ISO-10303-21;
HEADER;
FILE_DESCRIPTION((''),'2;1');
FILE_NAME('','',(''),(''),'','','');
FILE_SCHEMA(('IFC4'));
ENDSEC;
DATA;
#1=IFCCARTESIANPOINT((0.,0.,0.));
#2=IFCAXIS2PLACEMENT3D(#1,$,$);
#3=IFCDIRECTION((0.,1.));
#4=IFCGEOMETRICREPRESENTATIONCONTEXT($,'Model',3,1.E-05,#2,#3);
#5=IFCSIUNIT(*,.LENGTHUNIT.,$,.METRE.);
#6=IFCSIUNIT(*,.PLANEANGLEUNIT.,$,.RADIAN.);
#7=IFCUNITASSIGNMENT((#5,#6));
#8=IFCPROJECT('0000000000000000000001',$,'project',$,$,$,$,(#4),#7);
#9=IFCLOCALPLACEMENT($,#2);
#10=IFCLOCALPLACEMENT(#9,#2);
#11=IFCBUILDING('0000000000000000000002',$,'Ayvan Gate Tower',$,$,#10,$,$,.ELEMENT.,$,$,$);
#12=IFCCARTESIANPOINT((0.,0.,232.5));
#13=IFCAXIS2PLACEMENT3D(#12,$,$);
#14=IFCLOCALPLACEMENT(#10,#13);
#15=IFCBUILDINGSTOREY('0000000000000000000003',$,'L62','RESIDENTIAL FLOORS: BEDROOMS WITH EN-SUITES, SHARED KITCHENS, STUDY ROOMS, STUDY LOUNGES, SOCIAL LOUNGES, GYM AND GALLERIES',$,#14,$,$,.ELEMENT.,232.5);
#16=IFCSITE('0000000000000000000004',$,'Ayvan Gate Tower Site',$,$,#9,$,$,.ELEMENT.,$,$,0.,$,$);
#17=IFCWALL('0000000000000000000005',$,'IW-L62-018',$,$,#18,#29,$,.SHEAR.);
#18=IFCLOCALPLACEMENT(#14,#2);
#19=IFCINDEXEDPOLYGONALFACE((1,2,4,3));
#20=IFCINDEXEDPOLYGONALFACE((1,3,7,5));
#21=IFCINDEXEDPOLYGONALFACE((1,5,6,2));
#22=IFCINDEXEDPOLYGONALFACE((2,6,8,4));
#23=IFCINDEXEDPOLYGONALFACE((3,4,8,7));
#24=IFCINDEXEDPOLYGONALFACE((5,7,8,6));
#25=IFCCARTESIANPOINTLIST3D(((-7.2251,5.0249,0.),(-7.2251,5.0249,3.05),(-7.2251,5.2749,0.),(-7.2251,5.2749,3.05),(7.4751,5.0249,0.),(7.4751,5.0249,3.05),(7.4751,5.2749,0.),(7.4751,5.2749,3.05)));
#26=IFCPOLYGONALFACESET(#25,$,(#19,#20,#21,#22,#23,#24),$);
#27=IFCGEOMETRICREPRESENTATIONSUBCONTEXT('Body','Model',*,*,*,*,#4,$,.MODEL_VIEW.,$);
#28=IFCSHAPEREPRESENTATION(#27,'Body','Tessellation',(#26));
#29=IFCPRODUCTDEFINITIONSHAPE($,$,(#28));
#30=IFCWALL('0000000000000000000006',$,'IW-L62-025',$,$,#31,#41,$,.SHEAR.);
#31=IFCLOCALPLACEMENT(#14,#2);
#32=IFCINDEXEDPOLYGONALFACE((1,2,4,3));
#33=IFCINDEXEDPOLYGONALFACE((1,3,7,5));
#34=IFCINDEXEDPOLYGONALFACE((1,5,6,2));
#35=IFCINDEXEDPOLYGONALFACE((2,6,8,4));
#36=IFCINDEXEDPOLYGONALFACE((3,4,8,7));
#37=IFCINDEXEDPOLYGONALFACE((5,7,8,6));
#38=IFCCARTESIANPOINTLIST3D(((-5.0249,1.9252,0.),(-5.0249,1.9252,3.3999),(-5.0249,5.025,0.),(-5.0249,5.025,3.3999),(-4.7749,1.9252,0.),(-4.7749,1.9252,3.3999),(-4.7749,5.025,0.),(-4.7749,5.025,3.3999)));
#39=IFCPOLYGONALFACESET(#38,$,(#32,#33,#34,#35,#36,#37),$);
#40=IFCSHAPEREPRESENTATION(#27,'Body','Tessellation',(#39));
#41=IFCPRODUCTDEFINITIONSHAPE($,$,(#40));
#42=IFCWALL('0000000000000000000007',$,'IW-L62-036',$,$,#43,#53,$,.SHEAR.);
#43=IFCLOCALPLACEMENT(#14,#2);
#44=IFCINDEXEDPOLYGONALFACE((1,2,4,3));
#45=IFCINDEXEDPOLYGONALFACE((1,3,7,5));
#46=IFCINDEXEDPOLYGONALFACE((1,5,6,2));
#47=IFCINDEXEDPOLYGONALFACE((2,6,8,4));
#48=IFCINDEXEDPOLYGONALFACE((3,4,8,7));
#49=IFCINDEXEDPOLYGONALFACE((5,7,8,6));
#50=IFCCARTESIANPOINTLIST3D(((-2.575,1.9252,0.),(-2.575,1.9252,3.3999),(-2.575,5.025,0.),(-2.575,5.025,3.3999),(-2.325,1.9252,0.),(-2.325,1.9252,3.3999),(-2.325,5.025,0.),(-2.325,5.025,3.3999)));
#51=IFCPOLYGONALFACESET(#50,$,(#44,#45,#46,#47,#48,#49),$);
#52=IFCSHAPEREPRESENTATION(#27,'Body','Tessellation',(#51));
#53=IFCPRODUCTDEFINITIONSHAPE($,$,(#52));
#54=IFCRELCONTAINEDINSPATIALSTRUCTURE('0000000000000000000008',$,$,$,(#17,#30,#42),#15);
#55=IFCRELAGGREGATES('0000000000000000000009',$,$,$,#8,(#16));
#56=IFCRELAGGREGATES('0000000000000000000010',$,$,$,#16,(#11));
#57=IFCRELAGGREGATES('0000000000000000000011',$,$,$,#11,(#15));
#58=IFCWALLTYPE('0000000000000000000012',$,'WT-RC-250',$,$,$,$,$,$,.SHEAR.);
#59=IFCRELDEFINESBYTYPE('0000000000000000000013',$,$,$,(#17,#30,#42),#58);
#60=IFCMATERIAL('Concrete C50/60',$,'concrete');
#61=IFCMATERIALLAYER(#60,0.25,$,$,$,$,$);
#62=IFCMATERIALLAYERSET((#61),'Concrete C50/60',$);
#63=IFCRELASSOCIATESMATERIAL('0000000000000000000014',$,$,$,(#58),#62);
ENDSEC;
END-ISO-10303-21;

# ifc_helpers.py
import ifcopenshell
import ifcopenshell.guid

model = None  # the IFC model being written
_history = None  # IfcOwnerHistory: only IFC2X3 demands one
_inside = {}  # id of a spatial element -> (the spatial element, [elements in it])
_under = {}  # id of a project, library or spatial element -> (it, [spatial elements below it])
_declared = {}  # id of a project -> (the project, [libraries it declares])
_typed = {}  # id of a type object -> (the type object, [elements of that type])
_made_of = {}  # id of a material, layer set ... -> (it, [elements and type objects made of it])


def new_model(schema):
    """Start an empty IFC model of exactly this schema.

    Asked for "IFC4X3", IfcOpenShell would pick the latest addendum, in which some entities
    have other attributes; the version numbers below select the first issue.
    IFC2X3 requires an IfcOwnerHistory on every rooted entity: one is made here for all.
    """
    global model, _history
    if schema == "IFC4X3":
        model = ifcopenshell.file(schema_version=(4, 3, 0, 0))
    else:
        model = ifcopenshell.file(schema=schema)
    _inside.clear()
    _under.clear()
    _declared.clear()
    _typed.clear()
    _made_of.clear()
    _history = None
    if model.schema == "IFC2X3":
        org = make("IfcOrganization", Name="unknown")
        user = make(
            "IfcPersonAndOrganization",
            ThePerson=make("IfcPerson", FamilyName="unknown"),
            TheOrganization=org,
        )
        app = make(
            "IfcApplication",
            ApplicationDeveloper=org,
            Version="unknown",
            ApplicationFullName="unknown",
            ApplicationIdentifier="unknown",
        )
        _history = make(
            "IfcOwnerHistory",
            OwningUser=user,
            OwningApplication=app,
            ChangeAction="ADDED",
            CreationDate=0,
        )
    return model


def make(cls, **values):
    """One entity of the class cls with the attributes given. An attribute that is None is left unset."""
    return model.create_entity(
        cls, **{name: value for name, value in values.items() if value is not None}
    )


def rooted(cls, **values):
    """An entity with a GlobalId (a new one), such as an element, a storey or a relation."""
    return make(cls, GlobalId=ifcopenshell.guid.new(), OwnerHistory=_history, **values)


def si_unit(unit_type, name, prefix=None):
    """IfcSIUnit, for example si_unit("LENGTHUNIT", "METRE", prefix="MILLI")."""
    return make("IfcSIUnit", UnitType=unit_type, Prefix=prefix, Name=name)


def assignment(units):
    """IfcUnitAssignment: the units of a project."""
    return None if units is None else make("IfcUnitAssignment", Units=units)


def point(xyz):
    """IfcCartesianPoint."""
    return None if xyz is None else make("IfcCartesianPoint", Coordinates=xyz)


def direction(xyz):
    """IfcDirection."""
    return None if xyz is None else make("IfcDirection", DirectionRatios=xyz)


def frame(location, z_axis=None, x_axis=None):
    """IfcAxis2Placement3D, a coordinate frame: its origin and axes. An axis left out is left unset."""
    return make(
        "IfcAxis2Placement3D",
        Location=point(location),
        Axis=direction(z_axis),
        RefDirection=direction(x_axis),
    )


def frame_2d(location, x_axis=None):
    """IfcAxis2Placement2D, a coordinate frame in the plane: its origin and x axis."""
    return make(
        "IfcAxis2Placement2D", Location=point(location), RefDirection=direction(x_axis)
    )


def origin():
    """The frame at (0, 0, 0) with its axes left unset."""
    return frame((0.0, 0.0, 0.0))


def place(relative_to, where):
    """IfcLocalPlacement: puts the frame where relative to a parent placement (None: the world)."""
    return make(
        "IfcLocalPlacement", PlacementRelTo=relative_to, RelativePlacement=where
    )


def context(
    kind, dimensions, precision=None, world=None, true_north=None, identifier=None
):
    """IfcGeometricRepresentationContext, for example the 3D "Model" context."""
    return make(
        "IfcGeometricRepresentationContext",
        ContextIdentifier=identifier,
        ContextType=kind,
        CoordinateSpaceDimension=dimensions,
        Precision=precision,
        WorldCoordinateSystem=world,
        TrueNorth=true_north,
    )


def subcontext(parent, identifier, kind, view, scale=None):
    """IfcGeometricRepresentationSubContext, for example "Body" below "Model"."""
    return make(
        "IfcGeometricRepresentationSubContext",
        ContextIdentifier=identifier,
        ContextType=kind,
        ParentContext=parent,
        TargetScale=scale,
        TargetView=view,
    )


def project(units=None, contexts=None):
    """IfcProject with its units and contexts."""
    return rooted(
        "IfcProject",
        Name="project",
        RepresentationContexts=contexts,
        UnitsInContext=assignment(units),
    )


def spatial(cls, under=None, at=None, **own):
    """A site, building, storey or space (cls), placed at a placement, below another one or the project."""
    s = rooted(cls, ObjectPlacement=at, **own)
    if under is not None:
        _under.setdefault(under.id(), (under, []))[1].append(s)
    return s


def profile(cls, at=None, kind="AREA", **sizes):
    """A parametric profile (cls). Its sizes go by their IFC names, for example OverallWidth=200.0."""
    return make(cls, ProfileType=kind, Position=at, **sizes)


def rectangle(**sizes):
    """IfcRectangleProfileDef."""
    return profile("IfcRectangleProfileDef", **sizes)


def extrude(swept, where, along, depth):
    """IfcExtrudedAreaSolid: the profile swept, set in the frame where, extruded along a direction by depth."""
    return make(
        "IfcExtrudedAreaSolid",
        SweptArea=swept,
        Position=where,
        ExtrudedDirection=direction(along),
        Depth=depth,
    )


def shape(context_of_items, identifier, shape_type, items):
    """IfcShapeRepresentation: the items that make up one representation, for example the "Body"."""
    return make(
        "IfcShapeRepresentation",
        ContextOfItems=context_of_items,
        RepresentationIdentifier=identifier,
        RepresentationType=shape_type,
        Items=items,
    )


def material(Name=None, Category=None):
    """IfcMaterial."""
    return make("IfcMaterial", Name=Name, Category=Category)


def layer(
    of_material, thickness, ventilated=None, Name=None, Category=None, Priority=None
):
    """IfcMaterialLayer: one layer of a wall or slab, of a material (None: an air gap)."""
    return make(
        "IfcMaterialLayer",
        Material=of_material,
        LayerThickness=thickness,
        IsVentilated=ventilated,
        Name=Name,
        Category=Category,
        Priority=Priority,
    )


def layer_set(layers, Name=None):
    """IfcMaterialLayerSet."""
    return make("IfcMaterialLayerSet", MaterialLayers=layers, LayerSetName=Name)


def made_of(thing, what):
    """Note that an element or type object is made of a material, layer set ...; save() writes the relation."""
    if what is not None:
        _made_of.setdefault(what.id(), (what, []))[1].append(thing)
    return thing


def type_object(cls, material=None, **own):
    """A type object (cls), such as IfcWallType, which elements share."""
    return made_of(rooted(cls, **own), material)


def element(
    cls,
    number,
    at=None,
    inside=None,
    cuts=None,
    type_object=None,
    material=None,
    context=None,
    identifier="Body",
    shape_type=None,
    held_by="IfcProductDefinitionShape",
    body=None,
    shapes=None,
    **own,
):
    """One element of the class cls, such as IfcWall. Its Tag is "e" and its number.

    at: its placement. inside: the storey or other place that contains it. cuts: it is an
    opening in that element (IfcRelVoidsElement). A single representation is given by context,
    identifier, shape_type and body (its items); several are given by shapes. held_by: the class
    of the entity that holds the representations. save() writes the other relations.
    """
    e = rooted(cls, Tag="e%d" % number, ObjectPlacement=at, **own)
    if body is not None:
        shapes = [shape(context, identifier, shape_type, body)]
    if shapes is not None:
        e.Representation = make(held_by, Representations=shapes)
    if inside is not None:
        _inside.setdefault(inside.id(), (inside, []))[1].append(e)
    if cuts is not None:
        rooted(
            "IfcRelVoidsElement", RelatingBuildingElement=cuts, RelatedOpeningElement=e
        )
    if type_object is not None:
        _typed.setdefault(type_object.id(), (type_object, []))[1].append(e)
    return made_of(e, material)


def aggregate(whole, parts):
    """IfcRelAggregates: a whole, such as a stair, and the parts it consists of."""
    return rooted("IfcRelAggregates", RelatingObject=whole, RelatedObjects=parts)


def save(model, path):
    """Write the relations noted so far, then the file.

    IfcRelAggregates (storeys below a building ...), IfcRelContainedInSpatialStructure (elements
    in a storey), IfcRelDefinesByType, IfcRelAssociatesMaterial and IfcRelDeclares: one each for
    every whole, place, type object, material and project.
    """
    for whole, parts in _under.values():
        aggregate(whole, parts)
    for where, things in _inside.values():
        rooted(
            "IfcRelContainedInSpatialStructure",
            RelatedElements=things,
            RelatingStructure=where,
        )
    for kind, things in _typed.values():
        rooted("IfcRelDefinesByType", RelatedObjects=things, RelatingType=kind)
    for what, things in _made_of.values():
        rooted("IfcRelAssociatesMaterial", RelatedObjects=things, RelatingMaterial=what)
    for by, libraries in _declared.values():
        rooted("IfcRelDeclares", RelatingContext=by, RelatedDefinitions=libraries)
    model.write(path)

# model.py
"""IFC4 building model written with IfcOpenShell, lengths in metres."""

from ifc_helpers import new_model, si_unit, direction, frame, frame_2d, origin, place, context, subcontext, project, spatial, rectangle, extrude, material, layer, layer_set, type_object, element, save


model = new_model("IFC4")

# Units and contexts
model_context = context("Model", 3, precision=1e-05, world=origin(), true_north=direction((0.0, 1.0)))
body_context = subcontext(model_context, "Body", "Model", "MODEL_VIEW")
ifc_project = project(units=[si_unit("LENGTHUNIT", "METRE"), si_unit("PLANEANGLEUNIT", "RADIAN")], contexts=[model_context])

# Site, building, storey
site_placement = place(None, origin())
site = spatial("IfcSite", under=ifc_project, at=site_placement, Name="Ayvan Gate Tower Site", CompositionType="ELEMENT", RefElevation=0.0)
building_placement = place(site_placement, origin())
building = spatial("IfcBuilding", under=site, at=building_placement, Name="Ayvan Gate Tower", CompositionType="ELEMENT")
storey_placement = place(building_placement, frame((0.0, 0.0, 232.5)))
storey = spatial("IfcBuildingStorey", under=building, at=storey_placement, Name="L62", Description="RESIDENTIAL FLOORS: BEDROOMS WITH EN-SUITES, SHARED KITCHENS, STUDY ROOMS, STUDY LOUNGES, SOCIAL LOUNGES, GYM AND GALLERIES", CompositionType="ELEMENT", Elevation=232.5)

# Shared definitions
ifc_material_1 = material(Name="Concrete C50/60", Category="concrete")
ifc_layer_1 = layer(ifc_material_1, 0.25)
ifc_layer_set_1 = layer_set([ifc_layer_1], Name="Concrete C50/60")
wall_type_1 = type_object("IfcWallType", Name="WT-RC-250", PredefinedType="SHEAR", material=ifc_layer_set_1)

# Walls
wall_1_placement = place(storey_placement, frame((-7.2251, 5.1499, 0.0), z_axis=(0.0, 0.0, 1.0), x_axis=(1.0, 0.0, 0.0)))
element("IfcWall", 1, at=wall_1_placement, inside=storey, type_object=wall_type_1, Name="IW-L62-018", PredefinedType="SHEAR", context=body_context, shape_type="SweptSolid", body=[
    extrude(rectangle(XDim=14.7002, YDim=0.25, at=frame_2d((7.3501, 0.0))), origin(), (0.0, 0.0, 1.0), 3.05),
])
for number, where, z_axis, x_axis, name in (
    (2, (-4.8999, 5.0249, 0.0), (0.0, 0.0, 1.0), (0.0, -1.0, 0.0), "IW-L62-025"),
    (3, (-2.45, 5.0249, 0.0), (0.0, 0.0, 1.0), (0.0, -1.0, 0.0), "IW-L62-036"),
):
    element("IfcWall", number, at=place(storey_placement, frame(where, z_axis=z_axis, x_axis=x_axis)), inside=storey, type_object=wall_type_1, Name=name, PredefinedType="SHEAR", context=body_context, shape_type="SweptSolid", body=[
        extrude(rectangle(XDim=3.0999, YDim=0.25, at=frame_2d((1.5498, 0.0))), origin(), (0.0, 0.0, 1.0), 3.3999),
    ])

save(model, "model.ifc")
